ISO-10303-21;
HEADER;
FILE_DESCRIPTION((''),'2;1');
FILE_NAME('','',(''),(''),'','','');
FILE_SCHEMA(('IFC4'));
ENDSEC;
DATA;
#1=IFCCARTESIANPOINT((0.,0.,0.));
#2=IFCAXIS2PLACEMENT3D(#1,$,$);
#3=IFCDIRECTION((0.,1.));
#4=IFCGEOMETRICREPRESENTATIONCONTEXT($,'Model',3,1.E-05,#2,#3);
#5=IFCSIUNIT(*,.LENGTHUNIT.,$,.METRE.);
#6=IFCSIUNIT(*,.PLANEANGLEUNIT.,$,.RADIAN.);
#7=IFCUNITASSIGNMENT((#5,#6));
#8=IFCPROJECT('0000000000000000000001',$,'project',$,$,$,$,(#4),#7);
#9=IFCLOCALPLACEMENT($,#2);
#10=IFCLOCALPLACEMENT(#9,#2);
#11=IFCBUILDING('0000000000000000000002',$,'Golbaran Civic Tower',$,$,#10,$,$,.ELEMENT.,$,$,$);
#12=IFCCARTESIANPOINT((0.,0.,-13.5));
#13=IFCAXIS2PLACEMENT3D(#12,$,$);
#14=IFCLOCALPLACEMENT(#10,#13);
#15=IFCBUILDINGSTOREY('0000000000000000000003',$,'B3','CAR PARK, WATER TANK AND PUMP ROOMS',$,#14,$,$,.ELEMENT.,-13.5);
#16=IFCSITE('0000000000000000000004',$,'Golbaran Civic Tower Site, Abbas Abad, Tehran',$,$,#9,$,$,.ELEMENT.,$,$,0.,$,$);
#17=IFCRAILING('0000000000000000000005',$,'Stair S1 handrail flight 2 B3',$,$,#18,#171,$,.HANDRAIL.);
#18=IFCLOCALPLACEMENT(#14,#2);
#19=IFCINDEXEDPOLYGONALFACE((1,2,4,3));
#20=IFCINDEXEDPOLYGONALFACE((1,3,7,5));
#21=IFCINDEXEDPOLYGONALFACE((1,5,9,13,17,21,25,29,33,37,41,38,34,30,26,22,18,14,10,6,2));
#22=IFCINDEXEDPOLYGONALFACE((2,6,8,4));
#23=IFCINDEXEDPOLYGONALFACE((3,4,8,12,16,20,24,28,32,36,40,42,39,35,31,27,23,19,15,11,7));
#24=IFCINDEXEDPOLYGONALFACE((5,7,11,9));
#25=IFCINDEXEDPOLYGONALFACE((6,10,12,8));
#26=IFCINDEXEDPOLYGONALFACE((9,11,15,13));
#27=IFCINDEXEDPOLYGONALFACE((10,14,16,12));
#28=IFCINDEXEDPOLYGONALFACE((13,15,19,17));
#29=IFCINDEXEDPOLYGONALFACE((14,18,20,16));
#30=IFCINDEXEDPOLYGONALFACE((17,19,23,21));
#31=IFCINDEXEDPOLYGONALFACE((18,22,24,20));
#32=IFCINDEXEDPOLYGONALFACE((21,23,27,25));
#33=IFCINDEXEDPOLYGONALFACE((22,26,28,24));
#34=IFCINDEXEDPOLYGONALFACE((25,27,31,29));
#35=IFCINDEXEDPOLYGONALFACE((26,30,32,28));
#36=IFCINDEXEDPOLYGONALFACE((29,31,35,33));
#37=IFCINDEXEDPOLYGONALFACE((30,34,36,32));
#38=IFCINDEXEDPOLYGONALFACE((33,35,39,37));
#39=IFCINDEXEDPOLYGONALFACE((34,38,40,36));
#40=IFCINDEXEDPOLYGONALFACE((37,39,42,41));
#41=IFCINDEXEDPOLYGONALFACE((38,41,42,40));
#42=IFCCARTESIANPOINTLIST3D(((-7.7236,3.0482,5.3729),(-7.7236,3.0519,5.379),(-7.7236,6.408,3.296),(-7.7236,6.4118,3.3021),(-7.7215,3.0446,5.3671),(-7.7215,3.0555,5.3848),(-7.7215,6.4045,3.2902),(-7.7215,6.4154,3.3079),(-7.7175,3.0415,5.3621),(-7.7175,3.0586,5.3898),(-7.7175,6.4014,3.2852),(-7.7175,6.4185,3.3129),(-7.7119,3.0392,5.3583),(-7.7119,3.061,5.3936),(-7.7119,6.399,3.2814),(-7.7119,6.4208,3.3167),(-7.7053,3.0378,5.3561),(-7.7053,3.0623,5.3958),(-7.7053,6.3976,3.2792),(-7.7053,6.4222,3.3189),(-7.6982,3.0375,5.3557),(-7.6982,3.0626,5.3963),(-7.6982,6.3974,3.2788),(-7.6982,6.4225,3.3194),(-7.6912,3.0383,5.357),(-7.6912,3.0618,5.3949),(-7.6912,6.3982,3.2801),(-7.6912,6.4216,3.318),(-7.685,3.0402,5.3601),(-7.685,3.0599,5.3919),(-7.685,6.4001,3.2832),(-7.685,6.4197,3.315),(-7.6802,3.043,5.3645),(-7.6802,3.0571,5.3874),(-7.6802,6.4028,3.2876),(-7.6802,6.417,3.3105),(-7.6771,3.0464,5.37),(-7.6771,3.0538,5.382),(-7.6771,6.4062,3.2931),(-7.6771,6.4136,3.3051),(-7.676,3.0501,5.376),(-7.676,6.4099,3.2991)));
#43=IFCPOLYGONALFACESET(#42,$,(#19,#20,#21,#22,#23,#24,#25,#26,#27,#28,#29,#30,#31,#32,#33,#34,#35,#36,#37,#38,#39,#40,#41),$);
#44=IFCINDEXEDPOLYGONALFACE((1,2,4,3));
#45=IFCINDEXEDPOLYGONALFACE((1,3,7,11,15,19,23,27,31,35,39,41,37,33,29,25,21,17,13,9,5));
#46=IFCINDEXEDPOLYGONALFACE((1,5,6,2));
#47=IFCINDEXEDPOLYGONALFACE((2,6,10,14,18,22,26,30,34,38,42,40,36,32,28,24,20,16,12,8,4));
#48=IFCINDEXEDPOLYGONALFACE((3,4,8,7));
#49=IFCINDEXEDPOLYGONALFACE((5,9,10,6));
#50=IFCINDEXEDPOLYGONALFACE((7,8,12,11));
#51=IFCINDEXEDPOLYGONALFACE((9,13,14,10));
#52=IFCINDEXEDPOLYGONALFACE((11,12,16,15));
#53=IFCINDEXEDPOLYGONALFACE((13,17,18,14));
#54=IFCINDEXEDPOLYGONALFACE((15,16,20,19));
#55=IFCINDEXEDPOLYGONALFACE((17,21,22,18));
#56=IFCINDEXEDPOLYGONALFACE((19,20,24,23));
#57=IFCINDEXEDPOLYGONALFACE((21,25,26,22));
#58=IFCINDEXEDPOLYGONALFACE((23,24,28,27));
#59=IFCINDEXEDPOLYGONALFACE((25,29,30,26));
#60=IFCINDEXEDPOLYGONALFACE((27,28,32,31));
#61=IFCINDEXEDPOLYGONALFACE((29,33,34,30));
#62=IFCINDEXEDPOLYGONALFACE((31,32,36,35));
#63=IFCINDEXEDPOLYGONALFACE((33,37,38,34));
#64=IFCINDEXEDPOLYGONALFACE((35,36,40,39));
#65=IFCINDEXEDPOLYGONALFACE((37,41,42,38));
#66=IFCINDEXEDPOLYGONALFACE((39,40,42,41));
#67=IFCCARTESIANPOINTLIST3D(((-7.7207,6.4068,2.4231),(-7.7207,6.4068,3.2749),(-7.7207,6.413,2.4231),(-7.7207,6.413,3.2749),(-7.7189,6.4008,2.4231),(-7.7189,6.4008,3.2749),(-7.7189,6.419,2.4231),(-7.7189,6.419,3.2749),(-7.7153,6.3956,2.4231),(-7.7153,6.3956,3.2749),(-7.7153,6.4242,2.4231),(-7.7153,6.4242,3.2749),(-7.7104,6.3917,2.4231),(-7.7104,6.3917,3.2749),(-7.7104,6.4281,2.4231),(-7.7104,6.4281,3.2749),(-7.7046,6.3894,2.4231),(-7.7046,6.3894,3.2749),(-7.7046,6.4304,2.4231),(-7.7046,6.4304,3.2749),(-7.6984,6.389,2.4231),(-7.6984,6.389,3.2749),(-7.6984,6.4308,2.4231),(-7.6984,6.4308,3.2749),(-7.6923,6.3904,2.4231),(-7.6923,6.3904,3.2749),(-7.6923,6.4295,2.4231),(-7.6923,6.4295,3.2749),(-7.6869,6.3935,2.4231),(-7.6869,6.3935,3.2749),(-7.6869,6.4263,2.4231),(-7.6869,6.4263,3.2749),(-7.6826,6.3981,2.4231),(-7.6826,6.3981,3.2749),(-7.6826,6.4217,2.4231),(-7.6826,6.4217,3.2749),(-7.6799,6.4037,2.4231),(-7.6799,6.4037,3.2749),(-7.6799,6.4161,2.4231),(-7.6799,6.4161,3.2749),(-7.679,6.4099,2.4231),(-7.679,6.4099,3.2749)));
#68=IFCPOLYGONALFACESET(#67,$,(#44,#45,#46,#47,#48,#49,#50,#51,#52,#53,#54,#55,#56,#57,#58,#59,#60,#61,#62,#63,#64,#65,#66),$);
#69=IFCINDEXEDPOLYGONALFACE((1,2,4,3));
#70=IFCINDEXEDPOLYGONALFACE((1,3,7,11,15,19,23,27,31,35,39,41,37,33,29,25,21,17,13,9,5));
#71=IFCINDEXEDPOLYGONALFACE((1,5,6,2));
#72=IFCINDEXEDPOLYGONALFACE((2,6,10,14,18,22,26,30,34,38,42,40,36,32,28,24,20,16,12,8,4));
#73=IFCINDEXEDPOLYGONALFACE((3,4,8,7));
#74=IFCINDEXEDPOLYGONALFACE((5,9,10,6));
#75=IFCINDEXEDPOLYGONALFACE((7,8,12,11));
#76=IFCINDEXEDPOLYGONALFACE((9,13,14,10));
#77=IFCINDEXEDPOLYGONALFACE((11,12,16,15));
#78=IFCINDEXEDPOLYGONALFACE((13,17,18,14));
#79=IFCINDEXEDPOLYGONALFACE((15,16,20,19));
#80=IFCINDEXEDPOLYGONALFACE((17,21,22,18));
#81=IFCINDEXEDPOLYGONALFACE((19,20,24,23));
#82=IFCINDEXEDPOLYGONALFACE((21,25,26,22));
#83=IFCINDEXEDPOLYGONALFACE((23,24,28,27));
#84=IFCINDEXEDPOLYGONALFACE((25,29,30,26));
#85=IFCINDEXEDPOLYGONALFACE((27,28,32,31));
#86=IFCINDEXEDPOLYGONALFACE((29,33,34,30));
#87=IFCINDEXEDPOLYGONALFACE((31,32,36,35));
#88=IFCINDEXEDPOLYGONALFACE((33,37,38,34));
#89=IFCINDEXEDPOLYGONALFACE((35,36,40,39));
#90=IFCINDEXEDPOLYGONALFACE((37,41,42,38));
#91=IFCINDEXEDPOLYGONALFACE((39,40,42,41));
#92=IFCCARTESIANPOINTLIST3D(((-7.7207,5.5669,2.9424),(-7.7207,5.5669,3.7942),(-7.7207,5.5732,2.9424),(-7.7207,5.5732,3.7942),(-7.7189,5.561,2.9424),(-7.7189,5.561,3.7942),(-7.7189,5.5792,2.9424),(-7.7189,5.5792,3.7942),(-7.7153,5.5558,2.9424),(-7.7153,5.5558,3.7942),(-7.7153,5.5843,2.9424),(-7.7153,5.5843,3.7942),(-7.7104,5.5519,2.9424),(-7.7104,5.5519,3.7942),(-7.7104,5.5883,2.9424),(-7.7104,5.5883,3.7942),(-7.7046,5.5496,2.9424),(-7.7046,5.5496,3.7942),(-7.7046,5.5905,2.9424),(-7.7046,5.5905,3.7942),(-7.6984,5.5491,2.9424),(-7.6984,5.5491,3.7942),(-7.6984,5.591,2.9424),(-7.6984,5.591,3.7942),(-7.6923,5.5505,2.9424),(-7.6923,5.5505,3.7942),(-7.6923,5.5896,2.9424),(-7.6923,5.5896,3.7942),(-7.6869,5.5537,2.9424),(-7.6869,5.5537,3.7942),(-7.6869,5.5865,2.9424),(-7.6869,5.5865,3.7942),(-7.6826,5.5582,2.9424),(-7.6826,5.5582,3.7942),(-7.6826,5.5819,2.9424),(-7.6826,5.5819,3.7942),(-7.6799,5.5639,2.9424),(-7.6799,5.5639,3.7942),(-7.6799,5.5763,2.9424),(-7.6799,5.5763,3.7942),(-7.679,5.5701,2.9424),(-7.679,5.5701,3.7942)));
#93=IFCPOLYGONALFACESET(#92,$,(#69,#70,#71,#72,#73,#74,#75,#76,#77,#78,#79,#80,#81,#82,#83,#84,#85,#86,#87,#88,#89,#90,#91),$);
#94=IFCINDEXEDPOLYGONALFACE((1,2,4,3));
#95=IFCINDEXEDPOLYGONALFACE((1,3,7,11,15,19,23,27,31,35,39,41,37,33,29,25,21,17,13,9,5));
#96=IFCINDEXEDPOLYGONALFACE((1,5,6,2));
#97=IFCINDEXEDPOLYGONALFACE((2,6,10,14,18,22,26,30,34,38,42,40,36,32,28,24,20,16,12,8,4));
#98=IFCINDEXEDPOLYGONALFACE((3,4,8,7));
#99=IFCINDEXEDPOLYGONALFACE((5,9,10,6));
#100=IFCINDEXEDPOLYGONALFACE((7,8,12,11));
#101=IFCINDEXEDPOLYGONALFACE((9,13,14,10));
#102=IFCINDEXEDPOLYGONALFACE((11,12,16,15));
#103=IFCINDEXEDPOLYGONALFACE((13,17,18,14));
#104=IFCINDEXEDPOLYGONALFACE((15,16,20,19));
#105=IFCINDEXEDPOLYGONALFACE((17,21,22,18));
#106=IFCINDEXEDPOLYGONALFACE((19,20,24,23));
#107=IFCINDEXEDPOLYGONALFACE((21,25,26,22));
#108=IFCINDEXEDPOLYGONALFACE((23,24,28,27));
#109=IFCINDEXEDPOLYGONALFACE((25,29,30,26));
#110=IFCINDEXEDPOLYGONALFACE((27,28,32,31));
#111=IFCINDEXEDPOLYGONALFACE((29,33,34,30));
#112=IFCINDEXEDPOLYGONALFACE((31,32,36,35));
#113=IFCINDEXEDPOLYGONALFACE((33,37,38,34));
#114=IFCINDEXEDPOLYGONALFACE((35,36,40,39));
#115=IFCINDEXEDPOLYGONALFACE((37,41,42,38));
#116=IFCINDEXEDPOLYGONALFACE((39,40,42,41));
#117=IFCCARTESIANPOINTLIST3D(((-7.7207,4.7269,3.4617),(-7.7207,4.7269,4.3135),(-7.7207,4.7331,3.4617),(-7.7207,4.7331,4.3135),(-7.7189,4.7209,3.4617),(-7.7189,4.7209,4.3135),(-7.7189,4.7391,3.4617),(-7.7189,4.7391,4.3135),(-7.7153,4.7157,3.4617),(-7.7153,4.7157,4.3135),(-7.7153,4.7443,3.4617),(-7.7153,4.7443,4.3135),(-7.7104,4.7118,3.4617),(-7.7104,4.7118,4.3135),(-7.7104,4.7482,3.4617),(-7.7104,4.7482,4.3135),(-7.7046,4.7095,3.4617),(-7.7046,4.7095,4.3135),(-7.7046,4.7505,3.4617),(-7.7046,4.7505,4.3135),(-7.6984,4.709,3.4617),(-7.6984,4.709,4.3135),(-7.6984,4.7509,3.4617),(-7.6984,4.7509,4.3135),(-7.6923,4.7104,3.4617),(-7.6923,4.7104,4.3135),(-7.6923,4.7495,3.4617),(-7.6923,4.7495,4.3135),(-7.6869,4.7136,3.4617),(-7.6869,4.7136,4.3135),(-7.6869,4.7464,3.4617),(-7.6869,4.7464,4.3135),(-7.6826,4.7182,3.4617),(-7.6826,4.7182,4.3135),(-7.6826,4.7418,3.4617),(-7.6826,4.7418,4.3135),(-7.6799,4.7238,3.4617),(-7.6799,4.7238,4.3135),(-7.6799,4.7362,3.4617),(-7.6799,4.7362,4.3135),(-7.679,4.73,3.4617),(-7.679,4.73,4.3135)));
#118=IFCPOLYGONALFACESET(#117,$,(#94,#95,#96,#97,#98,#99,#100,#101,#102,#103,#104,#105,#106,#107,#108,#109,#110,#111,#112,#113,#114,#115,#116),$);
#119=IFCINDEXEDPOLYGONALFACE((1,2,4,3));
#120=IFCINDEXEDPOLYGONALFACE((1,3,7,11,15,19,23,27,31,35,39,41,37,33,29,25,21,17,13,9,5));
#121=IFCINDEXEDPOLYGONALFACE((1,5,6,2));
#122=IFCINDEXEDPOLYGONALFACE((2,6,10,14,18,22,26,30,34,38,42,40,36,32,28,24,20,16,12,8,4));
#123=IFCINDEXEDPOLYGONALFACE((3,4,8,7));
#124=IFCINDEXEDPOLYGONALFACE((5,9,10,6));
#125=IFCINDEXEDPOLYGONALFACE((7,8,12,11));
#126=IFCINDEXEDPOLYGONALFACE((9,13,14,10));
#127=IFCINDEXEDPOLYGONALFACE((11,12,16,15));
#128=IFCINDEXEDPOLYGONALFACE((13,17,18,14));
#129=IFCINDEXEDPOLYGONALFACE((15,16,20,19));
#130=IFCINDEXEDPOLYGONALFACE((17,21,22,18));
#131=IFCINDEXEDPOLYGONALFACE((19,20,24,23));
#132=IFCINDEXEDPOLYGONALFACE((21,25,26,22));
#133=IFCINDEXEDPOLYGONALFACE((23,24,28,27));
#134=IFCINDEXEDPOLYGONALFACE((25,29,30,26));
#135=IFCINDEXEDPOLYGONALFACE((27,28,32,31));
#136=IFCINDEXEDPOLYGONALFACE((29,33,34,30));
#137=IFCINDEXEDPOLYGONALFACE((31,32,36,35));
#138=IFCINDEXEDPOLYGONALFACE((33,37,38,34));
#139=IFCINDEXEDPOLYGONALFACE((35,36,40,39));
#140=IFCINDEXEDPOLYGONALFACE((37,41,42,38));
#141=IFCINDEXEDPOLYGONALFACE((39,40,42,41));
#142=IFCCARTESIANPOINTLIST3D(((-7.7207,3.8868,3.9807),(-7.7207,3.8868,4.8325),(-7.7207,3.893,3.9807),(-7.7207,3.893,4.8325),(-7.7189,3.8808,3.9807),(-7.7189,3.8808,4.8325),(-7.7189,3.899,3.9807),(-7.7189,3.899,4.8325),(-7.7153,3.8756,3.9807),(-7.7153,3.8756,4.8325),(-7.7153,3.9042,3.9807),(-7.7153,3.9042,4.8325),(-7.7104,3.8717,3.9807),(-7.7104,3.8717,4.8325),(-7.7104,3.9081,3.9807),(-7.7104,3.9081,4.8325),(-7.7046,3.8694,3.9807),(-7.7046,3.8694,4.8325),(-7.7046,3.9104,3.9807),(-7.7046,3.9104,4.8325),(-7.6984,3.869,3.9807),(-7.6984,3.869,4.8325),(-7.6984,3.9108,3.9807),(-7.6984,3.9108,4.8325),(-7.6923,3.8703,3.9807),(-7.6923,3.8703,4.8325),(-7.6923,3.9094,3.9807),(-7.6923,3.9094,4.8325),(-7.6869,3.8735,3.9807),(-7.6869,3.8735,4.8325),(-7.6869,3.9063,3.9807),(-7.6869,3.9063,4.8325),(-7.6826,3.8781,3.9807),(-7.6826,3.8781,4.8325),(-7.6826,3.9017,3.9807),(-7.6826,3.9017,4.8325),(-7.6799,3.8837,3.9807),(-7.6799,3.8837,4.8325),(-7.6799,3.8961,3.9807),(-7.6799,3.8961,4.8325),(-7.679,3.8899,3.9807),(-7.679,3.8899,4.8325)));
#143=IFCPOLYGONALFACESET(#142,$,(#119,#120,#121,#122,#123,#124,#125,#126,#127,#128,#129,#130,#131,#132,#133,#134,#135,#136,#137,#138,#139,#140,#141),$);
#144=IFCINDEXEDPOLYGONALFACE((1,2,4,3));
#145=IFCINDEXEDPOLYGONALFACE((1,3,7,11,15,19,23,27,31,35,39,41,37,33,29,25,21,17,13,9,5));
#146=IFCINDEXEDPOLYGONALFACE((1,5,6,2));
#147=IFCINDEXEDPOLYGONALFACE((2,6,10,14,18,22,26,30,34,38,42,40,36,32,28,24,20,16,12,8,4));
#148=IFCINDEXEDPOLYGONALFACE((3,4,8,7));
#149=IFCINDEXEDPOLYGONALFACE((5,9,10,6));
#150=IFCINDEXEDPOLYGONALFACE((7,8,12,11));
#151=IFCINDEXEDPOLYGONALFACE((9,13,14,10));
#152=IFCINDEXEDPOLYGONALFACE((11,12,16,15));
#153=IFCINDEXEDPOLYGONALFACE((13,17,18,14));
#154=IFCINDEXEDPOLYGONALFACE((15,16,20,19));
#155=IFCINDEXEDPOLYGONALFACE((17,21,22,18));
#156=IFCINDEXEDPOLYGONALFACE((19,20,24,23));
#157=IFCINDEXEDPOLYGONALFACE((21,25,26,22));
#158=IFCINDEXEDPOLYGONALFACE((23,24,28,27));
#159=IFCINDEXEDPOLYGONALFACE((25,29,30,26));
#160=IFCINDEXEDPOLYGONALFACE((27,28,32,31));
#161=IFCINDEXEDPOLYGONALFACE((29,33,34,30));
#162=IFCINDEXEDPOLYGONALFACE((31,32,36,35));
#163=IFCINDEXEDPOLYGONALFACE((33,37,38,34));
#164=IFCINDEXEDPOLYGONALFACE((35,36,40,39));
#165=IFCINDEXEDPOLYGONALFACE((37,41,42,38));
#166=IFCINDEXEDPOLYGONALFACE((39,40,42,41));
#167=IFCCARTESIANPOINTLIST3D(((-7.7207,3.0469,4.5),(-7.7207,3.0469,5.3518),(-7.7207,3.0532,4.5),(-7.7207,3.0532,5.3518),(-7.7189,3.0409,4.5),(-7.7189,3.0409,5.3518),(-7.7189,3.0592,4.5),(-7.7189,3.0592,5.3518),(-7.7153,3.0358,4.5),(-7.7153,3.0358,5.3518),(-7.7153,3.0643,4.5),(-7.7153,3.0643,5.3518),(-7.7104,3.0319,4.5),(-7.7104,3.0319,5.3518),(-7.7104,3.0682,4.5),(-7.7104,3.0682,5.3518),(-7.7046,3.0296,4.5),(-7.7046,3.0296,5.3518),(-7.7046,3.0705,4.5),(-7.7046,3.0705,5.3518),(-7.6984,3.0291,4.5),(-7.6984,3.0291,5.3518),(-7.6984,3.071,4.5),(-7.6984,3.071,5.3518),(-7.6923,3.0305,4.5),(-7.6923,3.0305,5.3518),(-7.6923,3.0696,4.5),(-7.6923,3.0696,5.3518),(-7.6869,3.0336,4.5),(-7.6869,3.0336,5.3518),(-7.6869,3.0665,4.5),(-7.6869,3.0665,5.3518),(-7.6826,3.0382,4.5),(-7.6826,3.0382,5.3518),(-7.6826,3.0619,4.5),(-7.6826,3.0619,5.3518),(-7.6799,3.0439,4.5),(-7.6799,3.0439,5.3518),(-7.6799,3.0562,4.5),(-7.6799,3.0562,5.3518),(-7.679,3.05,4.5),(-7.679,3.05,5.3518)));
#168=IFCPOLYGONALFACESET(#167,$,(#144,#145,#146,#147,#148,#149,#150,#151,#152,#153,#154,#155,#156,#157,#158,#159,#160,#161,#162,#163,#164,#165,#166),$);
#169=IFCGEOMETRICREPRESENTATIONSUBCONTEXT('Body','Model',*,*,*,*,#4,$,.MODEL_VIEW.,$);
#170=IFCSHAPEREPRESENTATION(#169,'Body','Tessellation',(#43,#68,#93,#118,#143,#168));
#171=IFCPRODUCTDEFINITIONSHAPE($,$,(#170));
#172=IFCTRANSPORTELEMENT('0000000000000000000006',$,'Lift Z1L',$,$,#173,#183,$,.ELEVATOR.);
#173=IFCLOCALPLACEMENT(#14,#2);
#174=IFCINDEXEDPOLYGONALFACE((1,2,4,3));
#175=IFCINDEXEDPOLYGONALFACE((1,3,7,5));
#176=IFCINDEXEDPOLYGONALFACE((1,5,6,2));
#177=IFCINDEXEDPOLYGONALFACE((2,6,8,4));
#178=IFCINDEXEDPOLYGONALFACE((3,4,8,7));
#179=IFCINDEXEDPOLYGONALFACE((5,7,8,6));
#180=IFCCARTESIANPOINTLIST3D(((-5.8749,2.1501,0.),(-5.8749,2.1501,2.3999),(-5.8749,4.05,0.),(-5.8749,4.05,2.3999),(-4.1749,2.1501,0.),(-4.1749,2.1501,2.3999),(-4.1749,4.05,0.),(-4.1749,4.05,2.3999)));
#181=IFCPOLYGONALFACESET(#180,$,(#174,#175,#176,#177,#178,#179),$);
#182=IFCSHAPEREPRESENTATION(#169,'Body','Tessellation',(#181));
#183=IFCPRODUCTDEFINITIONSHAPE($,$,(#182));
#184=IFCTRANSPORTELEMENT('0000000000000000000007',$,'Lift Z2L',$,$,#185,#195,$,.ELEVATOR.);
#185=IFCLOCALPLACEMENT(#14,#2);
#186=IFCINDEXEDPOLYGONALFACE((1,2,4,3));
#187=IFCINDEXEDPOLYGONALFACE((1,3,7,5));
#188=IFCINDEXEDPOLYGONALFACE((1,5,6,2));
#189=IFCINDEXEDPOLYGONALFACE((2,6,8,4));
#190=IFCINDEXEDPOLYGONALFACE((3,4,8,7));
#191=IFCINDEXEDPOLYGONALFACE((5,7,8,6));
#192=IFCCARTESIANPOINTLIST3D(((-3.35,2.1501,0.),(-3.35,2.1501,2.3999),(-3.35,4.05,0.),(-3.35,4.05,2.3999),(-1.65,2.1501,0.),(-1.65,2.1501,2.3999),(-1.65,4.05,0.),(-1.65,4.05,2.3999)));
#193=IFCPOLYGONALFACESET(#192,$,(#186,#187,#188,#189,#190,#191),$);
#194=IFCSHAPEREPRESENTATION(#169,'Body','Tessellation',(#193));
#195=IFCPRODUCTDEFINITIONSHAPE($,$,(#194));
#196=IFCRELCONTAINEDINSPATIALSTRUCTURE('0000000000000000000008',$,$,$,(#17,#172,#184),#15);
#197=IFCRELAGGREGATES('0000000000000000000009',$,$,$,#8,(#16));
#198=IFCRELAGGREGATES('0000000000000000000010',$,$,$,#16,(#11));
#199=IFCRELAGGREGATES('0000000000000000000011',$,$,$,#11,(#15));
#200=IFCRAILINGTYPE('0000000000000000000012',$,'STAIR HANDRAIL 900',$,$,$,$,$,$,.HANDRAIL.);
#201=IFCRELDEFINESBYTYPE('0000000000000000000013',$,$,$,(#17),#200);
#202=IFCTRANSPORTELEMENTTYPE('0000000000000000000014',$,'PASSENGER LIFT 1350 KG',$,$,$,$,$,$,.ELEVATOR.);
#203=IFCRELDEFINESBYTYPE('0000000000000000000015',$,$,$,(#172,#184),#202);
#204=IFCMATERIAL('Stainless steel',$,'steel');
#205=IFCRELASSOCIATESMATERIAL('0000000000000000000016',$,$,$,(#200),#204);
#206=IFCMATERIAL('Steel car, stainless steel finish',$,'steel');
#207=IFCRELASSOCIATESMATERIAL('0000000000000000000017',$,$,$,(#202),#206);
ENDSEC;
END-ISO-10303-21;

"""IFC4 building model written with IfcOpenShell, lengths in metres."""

from ifc_helpers import new_model, si_unit, direction, frame, origin, origin_2d, place, context, subcontext, project, spatial, rectangle, circle, extrude, material, type_object, element, save


model = new_model("IFC4")

# Units and contexts
model_context = context("Model", 3, precision=1e-05, world=origin(), true_north=direction((0.0, 1.0)))
body_context = subcontext(model_context, "Body", "Model", "MODEL_VIEW")
ifc_project = project(units=[si_unit("LENGTHUNIT", "METRE"), si_unit("PLANEANGLEUNIT", "RADIAN")], contexts=[model_context])

# Site, building, storey
site_placement = place(None, origin())
site = spatial("IfcSite", under=ifc_project, at=site_placement, Name="Golbaran Civic Tower Site, Abbas Abad, Tehran", CompositionType="ELEMENT", RefElevation=0.0)
building_placement = place(site_placement, origin())
building = spatial("IfcBuilding", under=site, at=building_placement, Name="Golbaran Civic Tower", CompositionType="ELEMENT")
storey_placement = place(building_placement, frame((0.0, 0.0, -13.5)))
storey = spatial("IfcBuildingStorey", under=building, at=storey_placement, Name="B3", Description="CAR PARK, WATER TANK AND PUMP ROOMS", CompositionType="ELEMENT", Elevation=-13.5)

# Railing
ifc_material_1 = material(Name="Stainless steel", Category="steel")
railing_type = type_object("IfcRailingType", Name="STAIR HANDRAIL 900", PredefinedType="HANDRAIL", material=ifc_material_1)
railing_1_placement = place(storey_placement, frame((-7.7, 6.4099, 2.4231)))
element("IfcRailing", 1, at=railing_1_placement, inside=storey, type_object=railing_type, Name="Stair S1 handrail flight 2 B3", PredefinedType="HANDRAIL", context=body_context, shape_type="SweptSolid", body=[
    extrude(circle(Radius=0.0239, at=origin_2d()), frame((0.0, 0.0, 0.876), z_axis=(0.0, -0.850606, 0.525803), x_axis=(1.0, 0.0, 0.0)), (0.0, 0.0, 1.0), 3.95),
    extrude(circle(Radius=0.021, at=origin_2d()), origin(), (0.0, 0.0, 1.0), 0.8518),
    extrude(circle(Radius=0.021, at=origin_2d()), frame((0.0, -0.8398, 0.5193)), (0.0, 0.0, 1.0), 0.8518),
    extrude(circle(Radius=0.021, at=origin_2d()), frame((0.0, -1.6799, 1.0386)), (0.0, 0.0, 1.0), 0.8518),
    extrude(circle(Radius=0.021, at=origin_2d()), frame((0.0, -2.52, 1.5576)), (0.0, 0.0, 1.0), 0.8518),
    extrude(circle(Radius=0.021, at=origin_2d()), frame((0.0, -3.3599, 2.0769)), (0.0, 0.0, 1.0), 0.8518),
])

# Transport elements
ifc_material_2 = material(Name="Steel car, stainless steel finish", Category="steel")
transport_element_type = type_object("IfcTransportElementType", Name="PASSENGER LIFT 1350 KG", PredefinedType="ELEVATOR", material=ifc_material_2)
for number, where, z_axis, x_axis, name in (
    (2, (-5.0249, 3.1001, 0.0), (0.0, 0.0, 1.0), (1.0, 0.0, 0.0), "Lift Z1L"),
    (3, (-2.5, 3.1001, 0.0), (0.0, 0.0, 1.0), (1.0, 0.0, 0.0), "Lift Z2L"),
):
    element("IfcTransportElement", number, at=place(storey_placement, frame(where, z_axis=z_axis, x_axis=x_axis)), inside=storey, type_object=transport_element_type, Name=name, PredefinedType="ELEVATOR", context=body_context, shape_type="SweptSolid", body=[
        extrude(rectangle(XDim=1.7, YDim=1.8999, at=origin_2d()), origin(), (0.0, 0.0, 1.0), 2.3999),
    ])

save(model, "model.ifc")
